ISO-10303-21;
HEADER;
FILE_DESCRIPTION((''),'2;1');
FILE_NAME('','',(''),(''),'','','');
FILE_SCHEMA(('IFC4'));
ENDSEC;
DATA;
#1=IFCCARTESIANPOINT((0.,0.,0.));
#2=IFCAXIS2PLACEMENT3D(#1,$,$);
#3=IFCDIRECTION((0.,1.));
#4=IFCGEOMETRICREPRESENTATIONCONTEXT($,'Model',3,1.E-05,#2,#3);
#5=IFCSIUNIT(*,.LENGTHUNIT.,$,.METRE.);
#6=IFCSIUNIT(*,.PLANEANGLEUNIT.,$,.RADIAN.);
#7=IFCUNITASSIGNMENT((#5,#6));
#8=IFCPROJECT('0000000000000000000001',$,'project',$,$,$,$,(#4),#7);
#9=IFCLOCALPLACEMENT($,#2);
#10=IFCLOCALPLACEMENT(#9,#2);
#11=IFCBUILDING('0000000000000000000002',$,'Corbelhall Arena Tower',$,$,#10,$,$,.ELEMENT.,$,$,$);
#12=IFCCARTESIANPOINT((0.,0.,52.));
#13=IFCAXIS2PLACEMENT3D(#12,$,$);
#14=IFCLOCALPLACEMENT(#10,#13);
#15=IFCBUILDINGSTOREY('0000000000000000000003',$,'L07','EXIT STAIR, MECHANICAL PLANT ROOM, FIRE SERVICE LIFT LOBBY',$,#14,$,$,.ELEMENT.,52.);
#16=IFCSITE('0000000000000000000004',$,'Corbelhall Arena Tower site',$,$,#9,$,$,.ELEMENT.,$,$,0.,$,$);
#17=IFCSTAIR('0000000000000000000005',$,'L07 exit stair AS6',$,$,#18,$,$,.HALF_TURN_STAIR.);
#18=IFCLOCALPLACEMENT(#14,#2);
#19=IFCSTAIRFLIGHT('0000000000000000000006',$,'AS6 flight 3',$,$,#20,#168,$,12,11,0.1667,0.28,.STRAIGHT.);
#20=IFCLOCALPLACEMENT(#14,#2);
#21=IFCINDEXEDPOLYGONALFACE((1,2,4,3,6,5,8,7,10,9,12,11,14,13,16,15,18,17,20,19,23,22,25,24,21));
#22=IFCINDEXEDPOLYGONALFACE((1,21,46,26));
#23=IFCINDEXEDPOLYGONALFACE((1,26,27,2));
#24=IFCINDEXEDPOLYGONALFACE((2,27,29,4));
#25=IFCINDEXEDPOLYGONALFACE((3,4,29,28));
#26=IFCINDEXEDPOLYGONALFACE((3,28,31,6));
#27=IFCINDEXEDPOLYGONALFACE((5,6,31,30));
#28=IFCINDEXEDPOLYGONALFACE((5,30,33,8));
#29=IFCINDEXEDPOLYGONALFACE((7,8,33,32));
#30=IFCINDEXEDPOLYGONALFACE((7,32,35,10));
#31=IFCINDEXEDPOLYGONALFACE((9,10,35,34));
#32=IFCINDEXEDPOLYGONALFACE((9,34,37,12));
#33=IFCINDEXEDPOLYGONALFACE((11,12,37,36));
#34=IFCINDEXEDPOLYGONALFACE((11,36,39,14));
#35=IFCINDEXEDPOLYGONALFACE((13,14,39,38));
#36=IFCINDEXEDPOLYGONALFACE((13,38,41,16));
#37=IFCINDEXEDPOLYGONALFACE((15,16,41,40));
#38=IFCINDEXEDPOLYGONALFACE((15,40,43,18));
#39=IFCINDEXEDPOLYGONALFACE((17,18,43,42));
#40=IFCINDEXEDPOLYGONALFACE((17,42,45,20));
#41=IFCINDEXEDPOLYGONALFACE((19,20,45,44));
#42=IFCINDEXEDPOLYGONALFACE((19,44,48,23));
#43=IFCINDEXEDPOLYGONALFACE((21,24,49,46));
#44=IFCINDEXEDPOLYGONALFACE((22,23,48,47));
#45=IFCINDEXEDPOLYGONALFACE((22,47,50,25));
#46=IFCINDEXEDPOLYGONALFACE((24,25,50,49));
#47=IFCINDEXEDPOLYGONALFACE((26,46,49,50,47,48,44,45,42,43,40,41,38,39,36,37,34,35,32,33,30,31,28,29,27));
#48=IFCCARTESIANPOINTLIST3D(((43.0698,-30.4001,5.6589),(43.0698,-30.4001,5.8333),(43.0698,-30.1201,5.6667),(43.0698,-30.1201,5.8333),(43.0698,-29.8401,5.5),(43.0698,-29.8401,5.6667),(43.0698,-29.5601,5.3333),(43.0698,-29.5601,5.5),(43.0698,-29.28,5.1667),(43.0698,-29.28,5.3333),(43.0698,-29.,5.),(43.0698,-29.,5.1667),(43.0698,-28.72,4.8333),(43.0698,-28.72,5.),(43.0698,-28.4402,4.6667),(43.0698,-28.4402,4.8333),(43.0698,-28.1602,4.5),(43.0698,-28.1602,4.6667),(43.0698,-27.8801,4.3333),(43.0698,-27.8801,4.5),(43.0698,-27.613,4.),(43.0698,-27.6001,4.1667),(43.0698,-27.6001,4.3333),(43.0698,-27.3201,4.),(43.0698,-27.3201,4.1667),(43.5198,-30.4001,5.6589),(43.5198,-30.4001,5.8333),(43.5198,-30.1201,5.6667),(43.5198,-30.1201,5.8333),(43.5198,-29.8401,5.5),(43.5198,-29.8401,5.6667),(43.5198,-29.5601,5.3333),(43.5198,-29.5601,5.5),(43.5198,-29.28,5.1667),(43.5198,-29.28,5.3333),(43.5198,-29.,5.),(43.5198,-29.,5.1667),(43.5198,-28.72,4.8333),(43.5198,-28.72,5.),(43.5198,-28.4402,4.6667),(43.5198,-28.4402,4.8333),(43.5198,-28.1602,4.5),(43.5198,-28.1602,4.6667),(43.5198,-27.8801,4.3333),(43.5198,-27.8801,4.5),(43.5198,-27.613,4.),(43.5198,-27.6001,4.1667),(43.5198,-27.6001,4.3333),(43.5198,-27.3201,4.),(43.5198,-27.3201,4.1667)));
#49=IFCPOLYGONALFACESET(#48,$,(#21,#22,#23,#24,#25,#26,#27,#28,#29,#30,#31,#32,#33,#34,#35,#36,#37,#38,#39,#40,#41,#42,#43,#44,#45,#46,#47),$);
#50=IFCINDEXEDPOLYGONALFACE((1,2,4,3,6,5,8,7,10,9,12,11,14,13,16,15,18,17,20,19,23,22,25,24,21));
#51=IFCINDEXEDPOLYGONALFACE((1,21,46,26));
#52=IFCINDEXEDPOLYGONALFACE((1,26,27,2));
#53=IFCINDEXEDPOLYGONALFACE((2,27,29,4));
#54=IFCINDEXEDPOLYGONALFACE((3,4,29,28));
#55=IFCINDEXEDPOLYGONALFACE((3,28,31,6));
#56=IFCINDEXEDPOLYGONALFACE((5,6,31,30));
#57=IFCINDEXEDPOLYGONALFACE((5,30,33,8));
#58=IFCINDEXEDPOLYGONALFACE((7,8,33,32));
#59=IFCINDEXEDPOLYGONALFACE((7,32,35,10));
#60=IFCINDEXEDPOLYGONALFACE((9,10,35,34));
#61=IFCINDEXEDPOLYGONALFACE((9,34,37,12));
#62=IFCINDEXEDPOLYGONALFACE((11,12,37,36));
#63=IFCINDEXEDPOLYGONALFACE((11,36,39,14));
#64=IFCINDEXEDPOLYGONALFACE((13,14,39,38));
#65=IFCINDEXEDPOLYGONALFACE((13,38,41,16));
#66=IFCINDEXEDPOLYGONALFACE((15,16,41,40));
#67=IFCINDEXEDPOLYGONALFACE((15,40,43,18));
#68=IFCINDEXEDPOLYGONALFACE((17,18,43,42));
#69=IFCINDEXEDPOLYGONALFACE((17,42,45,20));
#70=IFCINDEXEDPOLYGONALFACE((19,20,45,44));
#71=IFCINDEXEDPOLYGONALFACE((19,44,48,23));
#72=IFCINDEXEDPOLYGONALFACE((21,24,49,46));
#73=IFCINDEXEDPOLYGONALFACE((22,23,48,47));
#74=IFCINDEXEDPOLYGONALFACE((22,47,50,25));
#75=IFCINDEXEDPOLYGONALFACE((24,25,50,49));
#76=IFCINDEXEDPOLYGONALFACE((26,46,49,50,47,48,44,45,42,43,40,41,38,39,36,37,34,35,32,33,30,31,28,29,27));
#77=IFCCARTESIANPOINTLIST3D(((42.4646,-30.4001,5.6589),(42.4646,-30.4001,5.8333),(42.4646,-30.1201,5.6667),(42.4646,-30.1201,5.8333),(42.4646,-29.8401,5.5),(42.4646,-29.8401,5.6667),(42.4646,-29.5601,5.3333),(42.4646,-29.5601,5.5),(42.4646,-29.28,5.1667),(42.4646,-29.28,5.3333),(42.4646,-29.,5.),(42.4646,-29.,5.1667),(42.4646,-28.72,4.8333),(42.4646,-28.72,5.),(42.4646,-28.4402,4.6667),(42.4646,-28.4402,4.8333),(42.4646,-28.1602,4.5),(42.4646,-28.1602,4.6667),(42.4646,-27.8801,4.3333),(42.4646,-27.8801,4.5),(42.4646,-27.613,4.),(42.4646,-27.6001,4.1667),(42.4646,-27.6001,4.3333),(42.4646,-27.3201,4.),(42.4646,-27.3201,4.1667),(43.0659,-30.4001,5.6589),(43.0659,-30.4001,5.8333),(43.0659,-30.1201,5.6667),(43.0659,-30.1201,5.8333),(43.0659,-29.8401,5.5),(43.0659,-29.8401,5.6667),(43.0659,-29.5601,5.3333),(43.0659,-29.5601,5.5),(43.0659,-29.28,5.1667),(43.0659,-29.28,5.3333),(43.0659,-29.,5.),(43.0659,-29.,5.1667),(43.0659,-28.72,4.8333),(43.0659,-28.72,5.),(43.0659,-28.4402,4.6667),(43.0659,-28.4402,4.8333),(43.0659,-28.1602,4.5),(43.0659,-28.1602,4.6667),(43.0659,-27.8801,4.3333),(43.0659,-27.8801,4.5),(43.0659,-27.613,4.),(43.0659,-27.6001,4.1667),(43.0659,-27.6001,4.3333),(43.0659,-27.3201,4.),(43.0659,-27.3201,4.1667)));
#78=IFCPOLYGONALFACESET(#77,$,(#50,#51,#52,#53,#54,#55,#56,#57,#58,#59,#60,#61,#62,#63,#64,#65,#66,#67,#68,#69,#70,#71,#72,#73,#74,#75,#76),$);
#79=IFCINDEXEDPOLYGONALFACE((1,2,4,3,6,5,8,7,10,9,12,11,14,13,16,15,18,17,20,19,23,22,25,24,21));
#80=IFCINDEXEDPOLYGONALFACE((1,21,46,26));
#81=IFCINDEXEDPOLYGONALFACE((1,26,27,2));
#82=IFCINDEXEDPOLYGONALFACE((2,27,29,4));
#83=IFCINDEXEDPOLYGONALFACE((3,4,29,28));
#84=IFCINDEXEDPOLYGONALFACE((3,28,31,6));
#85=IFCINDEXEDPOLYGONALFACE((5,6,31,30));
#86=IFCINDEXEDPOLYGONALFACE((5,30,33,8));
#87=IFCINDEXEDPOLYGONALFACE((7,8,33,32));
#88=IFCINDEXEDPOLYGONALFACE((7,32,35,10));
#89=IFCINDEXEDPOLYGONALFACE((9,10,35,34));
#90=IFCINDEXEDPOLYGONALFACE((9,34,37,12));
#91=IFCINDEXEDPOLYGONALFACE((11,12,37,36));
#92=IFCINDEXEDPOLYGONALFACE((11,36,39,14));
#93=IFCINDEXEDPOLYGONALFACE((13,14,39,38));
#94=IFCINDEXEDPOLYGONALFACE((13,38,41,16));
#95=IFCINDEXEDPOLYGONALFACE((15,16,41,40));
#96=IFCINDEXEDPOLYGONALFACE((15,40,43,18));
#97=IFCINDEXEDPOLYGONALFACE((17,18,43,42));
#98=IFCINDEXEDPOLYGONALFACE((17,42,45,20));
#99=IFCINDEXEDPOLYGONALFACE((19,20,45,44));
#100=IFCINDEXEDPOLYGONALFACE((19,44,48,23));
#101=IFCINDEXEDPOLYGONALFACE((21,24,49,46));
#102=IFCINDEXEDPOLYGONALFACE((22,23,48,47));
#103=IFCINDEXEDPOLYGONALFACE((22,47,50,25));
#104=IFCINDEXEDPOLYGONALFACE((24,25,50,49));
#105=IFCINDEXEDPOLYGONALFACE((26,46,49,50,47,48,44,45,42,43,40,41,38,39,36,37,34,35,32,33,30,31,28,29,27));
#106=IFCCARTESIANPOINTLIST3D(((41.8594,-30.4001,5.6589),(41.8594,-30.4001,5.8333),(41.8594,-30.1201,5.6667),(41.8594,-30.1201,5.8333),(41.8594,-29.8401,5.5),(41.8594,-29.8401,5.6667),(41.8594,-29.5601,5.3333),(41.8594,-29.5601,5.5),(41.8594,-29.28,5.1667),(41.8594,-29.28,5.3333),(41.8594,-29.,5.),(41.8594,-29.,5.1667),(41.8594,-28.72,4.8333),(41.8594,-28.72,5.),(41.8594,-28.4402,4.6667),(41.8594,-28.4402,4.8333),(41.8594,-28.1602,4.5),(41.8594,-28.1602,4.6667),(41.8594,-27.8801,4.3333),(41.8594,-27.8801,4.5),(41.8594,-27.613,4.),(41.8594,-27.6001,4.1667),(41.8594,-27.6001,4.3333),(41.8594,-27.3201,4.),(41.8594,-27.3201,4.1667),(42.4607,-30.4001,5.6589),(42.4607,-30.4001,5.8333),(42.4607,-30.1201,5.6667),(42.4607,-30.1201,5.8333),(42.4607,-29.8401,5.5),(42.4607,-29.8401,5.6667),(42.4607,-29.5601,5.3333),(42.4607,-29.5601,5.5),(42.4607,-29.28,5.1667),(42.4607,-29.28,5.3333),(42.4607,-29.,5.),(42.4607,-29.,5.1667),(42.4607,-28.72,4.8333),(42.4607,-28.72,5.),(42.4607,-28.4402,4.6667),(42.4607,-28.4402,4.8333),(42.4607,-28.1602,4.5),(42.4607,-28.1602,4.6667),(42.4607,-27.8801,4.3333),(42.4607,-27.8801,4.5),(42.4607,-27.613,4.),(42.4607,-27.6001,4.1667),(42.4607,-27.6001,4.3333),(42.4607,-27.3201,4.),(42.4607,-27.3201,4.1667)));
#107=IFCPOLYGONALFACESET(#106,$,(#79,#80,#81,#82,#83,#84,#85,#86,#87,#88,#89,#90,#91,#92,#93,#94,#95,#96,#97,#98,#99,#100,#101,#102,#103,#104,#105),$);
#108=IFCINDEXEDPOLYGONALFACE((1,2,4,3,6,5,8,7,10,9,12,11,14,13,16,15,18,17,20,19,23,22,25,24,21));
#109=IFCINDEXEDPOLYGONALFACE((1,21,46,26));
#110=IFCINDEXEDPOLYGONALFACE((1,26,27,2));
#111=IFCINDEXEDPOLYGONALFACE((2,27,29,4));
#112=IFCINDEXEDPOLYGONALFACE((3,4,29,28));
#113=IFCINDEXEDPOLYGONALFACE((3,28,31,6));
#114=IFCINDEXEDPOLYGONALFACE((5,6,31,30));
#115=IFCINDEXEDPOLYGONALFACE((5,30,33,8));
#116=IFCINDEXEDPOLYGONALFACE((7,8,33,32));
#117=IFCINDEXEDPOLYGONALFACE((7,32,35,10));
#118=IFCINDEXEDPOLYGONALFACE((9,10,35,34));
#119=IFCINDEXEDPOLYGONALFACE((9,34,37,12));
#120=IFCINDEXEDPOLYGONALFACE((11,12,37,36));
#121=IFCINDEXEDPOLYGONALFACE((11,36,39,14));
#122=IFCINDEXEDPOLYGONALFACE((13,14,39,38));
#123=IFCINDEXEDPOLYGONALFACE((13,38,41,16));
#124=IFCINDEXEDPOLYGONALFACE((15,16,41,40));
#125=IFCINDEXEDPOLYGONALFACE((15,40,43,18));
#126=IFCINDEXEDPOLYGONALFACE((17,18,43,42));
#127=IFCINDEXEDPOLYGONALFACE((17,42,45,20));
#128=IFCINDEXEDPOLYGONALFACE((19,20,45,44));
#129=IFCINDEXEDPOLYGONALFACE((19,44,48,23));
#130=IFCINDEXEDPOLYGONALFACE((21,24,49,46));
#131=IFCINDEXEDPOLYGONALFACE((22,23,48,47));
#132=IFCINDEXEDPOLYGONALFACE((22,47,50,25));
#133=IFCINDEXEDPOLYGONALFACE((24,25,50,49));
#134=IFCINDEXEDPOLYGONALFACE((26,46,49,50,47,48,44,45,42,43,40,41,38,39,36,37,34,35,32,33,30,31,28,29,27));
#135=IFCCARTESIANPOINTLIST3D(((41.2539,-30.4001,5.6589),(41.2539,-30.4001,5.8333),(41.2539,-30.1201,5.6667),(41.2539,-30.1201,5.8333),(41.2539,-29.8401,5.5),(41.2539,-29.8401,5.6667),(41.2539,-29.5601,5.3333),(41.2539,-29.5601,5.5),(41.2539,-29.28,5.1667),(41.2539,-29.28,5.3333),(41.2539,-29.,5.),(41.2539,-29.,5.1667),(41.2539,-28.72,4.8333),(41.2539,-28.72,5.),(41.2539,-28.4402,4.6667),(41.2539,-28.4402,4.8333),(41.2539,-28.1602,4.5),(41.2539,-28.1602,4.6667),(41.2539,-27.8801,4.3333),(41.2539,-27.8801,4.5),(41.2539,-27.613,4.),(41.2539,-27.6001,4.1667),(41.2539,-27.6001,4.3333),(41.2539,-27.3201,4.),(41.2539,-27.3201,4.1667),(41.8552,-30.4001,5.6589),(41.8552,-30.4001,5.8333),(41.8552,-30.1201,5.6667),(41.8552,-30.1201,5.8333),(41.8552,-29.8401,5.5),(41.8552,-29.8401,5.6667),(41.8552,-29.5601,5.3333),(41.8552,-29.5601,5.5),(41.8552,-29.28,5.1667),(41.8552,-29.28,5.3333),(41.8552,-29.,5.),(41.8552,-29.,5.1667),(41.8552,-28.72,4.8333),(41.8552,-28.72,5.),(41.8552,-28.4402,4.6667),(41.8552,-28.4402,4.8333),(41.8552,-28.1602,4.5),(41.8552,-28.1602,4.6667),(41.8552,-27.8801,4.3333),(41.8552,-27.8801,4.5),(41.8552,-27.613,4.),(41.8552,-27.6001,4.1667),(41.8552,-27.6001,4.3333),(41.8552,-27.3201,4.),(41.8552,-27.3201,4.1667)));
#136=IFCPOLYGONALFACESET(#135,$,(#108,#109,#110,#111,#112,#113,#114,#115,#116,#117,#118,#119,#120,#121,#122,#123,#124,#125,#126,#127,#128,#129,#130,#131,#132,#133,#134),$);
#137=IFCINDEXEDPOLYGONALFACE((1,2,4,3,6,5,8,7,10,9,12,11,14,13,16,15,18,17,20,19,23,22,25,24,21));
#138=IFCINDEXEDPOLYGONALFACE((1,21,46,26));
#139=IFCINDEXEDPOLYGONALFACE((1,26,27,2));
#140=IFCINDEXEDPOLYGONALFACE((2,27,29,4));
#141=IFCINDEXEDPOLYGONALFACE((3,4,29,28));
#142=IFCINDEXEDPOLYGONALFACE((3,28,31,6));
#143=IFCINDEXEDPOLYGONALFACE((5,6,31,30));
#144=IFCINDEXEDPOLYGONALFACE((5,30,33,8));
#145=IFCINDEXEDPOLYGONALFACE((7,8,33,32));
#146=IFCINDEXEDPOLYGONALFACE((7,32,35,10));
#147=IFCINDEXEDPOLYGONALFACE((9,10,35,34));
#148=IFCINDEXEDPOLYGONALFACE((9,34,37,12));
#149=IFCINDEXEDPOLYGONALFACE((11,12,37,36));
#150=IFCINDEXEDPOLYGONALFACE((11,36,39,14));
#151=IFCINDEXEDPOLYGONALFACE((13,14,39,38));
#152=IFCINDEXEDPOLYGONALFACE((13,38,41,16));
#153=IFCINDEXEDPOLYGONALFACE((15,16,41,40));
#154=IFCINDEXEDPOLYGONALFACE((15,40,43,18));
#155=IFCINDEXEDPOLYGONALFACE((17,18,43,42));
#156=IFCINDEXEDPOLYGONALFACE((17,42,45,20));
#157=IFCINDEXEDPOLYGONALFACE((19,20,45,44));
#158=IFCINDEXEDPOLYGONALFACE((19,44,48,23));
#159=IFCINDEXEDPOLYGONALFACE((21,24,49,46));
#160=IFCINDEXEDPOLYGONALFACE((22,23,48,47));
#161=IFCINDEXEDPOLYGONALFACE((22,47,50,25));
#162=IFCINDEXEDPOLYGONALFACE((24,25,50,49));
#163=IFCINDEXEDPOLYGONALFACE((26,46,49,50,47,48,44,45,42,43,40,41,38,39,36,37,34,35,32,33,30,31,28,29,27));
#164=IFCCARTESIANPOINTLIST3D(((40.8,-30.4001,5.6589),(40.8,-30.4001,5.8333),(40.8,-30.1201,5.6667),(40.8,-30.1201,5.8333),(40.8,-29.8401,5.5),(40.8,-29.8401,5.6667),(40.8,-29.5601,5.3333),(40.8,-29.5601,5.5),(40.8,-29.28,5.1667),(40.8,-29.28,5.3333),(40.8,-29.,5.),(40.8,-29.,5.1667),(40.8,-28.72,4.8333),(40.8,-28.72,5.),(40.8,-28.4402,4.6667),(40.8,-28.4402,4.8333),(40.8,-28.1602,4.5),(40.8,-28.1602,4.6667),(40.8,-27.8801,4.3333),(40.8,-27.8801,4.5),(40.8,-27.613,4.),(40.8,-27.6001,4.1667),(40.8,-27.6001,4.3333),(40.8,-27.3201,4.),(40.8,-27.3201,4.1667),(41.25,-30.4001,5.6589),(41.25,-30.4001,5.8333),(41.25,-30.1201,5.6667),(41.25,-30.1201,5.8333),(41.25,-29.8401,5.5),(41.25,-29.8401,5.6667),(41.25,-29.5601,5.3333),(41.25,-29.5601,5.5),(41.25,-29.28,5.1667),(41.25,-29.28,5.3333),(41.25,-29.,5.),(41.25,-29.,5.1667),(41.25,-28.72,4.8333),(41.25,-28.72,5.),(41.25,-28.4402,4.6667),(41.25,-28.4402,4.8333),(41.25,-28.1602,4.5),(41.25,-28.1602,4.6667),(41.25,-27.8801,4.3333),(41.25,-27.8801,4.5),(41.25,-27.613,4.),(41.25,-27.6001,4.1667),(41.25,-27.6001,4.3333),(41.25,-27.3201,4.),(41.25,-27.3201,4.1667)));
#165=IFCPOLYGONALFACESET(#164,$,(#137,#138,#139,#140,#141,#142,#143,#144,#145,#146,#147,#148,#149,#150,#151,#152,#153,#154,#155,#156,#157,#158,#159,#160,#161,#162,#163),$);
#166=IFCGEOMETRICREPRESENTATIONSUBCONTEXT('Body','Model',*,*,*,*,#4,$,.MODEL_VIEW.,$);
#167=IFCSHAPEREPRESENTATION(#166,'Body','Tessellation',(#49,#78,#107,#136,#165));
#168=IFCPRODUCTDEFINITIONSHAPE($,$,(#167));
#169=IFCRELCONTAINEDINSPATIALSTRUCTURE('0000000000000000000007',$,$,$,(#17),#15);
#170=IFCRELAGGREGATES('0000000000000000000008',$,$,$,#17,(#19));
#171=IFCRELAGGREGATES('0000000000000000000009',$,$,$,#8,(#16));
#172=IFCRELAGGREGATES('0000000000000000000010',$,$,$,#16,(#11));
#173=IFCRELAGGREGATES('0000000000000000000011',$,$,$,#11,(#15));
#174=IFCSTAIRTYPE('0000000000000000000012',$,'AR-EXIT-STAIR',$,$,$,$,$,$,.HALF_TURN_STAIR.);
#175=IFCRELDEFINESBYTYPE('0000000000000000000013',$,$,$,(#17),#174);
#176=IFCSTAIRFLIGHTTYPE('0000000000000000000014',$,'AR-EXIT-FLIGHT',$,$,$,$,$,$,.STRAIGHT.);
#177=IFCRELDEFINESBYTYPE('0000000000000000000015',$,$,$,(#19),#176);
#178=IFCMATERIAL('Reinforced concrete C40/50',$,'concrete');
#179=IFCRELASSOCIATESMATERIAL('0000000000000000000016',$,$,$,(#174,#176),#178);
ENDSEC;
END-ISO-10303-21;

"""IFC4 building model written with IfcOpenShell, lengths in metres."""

from ifc_helpers import new_model, si_unit, direction, frame, origin, place, context, subcontext, project, spatial, polyline, outline, extrude, material, type_object, element, aggregate, save


model = new_model("IFC4")

# Units and contexts
model_context = context("Model", 3, precision=1e-05, world=origin(), true_north=direction((0.0, 1.0)))
body_context = subcontext(model_context, "Body", "Model", "MODEL_VIEW")
ifc_project = project(units=[si_unit("LENGTHUNIT", "METRE"), si_unit("PLANEANGLEUNIT", "RADIAN")], contexts=[model_context])

# Site, building, storey
site_placement = place(None, origin())
site = spatial("IfcSite", under=ifc_project, at=site_placement, Name="Corbelhall Arena Tower site", CompositionType="ELEMENT", RefElevation=0.0)
building_placement = place(site_placement, origin())
building = spatial("IfcBuilding", under=site, at=building_placement, Name="Corbelhall Arena Tower", CompositionType="ELEMENT")
storey_placement = place(building_placement, frame((0.0, 0.0, 52.0)))
storey = spatial("IfcBuildingStorey", under=building, at=storey_placement, Name="L07", Description="EXIT STAIR, MECHANICAL PLANT ROOM, FIRE SERVICE LIFT LOBBY", CompositionType="ELEMENT", Elevation=52.0)

# Stair, stair flight
ifc_material_1 = material(Name="Reinforced concrete C40/50", Category="concrete")
stair_type = type_object("IfcStairType", Name="AR-EXIT-STAIR", PredefinedType="HALF_TURN_STAIR", material=ifc_material_1)
stair_flight_type = type_object("IfcStairFlightType", Name="AR-EXIT-FLIGHT", PredefinedType="STRAIGHT", material=ifc_material_1)
stair_1_placement = place(storey_placement, origin())
stair_1 = element("IfcStair", 1, at=stair_1_placement, inside=storey, type_object=stair_type, Name="L07 exit stair AS6", PredefinedType="HALF_TURN_STAIR")
stair_flight_1_placement = place(storey_placement, frame((42.1599, -27.3201, 4.0), z_axis=(0.0, 0.0, 1.0), x_axis=(0.0, -1.0, 0.0)))
stair_flight_1 = element("IfcStairFlight", 2, at=stair_flight_1_placement, type_object=stair_flight_type, Name="AS6 flight 3", NumberOfRisers=12, NumberOfTreads=11, PredefinedType="STRAIGHT", RiserHeight=0.1667, TreadLength=0.28, context=body_context, shape_type="SweptSolid", body=[
    extrude(outline(polyline([(0.0, 0.0), (0.0, 0.1667), (0.28, 0.1667), (0.28, 0.3333), (0.5601, 0.3333), (0.5601, 0.5), (0.8401, 0.5), (0.8401, 0.6667), (1.1201, 0.6667), (1.1201, 0.8333), (1.3999, 0.8333), (1.3999, 1.0), (1.6799, 1.0), (1.6799, 1.1667), (1.96, 1.1667), (1.96, 1.3333), (2.24, 1.3333), (2.24, 1.5), (2.52, 1.5), (2.52, 1.6667), (2.8, 1.6667), (2.8, 1.8333), (3.0801, 1.8333), (3.0801, 2.0), (3.0801, 1.6589), (0.293, 0.0), (0.0, 0.0)])), frame((0.0, 1.3599, 0.0), z_axis=(0.0, -1.0, 0.0), x_axis=(1.0, 0.0, 0.0)), (0.0, 0.0, 1.0), 0.45),
    extrude(outline(polyline([(0.0, 0.0), (0.0, 0.1667), (0.28, 0.1667), (0.28, 0.3333), (0.5601, 0.3333), (0.5601, 0.5), (0.8401, 0.5), (0.8401, 0.6667), (1.1201, 0.6667), (1.1201, 0.8333), (1.3999, 0.8333), (1.3999, 1.0), (1.6799, 1.0), (1.6799, 1.1667), (1.96, 1.1667), (1.96, 1.3333), (2.24, 1.3333), (2.24, 1.5), (2.52, 1.5), (2.52, 1.6667), (2.8, 1.6667), (2.8, 1.8333), (3.0801, 1.8333), (3.0801, 2.0), (3.0801, 1.6589), (0.293, 0.0), (0.0, 0.0)])), frame((0.0, 0.906, 0.0), z_axis=(0.0, -1.0, 0.0), x_axis=(1.0, 0.0, 0.0)), (0.0, 0.0, 1.0), 0.6013),
    extrude(outline(polyline([(0.0, 0.0), (0.0, 0.1667), (0.28, 0.1667), (0.28, 0.3333), (0.5601, 0.3333), (0.5601, 0.5), (0.8401, 0.5), (0.8401, 0.6667), (1.1201, 0.6667), (1.1201, 0.8333), (1.3999, 0.8333), (1.3999, 1.0), (1.6799, 1.0), (1.6799, 1.1667), (1.96, 1.1667), (1.96, 1.3333), (2.24, 1.3333), (2.24, 1.5), (2.52, 1.5), (2.52, 1.6667), (2.8, 1.6667), (2.8, 1.8333), (3.0801, 1.8333), (3.0801, 2.0), (3.0801, 1.6589), (0.293, 0.0), (0.0, 0.0)])), frame((0.0, 0.3008, 0.0), z_axis=(0.0, -1.0, 0.0), x_axis=(1.0, 0.0, 0.0)), (0.0, 0.0, 1.0), 0.6013),
    extrude(outline(polyline([(0.0, 0.0), (0.0, 0.1667), (0.28, 0.1667), (0.28, 0.3333), (0.5601, 0.3333), (0.5601, 0.5), (0.8401, 0.5), (0.8401, 0.6667), (1.1201, 0.6667), (1.1201, 0.8333), (1.3999, 0.8333), (1.3999, 1.0), (1.6799, 1.0), (1.6799, 1.1667), (1.96, 1.1667), (1.96, 1.3333), (2.24, 1.3333), (2.24, 1.5), (2.52, 1.5), (2.52, 1.6667), (2.8, 1.6667), (2.8, 1.8333), (3.0801, 1.8333), (3.0801, 2.0), (3.0801, 1.6589), (0.293, 0.0), (0.0, 0.0)])), frame((0.0, -0.3047, 0.0), z_axis=(0.0, -1.0, 0.0), x_axis=(1.0, 0.0, 0.0)), (0.0, 0.0, 1.0), 0.6013),
    extrude(outline(polyline([(0.0, 0.0), (0.0, 0.1667), (0.28, 0.1667), (0.28, 0.3333), (0.5601, 0.3333), (0.5601, 0.5), (0.8401, 0.5), (0.8401, 0.6667), (1.1201, 0.6667), (1.1201, 0.8333), (1.3999, 0.8333), (1.3999, 1.0), (1.6799, 1.0), (1.6799, 1.1667), (1.96, 1.1667), (1.96, 1.3333), (2.24, 1.3333), (2.24, 1.5), (2.52, 1.5), (2.52, 1.6667), (2.8, 1.6667), (2.8, 1.8333), (3.0801, 1.8333), (3.0801, 2.0), (3.0801, 1.6589), (0.293, 0.0), (0.0, 0.0)])), frame((0.0, -0.9099, 0.0), z_axis=(0.0, -1.0, 0.0), x_axis=(1.0, 0.0, 0.0)), (0.0, 0.0, 1.0), 0.45),
])
aggregate(stair_1, [stair_flight_1])

save(model, "model.ifc")
